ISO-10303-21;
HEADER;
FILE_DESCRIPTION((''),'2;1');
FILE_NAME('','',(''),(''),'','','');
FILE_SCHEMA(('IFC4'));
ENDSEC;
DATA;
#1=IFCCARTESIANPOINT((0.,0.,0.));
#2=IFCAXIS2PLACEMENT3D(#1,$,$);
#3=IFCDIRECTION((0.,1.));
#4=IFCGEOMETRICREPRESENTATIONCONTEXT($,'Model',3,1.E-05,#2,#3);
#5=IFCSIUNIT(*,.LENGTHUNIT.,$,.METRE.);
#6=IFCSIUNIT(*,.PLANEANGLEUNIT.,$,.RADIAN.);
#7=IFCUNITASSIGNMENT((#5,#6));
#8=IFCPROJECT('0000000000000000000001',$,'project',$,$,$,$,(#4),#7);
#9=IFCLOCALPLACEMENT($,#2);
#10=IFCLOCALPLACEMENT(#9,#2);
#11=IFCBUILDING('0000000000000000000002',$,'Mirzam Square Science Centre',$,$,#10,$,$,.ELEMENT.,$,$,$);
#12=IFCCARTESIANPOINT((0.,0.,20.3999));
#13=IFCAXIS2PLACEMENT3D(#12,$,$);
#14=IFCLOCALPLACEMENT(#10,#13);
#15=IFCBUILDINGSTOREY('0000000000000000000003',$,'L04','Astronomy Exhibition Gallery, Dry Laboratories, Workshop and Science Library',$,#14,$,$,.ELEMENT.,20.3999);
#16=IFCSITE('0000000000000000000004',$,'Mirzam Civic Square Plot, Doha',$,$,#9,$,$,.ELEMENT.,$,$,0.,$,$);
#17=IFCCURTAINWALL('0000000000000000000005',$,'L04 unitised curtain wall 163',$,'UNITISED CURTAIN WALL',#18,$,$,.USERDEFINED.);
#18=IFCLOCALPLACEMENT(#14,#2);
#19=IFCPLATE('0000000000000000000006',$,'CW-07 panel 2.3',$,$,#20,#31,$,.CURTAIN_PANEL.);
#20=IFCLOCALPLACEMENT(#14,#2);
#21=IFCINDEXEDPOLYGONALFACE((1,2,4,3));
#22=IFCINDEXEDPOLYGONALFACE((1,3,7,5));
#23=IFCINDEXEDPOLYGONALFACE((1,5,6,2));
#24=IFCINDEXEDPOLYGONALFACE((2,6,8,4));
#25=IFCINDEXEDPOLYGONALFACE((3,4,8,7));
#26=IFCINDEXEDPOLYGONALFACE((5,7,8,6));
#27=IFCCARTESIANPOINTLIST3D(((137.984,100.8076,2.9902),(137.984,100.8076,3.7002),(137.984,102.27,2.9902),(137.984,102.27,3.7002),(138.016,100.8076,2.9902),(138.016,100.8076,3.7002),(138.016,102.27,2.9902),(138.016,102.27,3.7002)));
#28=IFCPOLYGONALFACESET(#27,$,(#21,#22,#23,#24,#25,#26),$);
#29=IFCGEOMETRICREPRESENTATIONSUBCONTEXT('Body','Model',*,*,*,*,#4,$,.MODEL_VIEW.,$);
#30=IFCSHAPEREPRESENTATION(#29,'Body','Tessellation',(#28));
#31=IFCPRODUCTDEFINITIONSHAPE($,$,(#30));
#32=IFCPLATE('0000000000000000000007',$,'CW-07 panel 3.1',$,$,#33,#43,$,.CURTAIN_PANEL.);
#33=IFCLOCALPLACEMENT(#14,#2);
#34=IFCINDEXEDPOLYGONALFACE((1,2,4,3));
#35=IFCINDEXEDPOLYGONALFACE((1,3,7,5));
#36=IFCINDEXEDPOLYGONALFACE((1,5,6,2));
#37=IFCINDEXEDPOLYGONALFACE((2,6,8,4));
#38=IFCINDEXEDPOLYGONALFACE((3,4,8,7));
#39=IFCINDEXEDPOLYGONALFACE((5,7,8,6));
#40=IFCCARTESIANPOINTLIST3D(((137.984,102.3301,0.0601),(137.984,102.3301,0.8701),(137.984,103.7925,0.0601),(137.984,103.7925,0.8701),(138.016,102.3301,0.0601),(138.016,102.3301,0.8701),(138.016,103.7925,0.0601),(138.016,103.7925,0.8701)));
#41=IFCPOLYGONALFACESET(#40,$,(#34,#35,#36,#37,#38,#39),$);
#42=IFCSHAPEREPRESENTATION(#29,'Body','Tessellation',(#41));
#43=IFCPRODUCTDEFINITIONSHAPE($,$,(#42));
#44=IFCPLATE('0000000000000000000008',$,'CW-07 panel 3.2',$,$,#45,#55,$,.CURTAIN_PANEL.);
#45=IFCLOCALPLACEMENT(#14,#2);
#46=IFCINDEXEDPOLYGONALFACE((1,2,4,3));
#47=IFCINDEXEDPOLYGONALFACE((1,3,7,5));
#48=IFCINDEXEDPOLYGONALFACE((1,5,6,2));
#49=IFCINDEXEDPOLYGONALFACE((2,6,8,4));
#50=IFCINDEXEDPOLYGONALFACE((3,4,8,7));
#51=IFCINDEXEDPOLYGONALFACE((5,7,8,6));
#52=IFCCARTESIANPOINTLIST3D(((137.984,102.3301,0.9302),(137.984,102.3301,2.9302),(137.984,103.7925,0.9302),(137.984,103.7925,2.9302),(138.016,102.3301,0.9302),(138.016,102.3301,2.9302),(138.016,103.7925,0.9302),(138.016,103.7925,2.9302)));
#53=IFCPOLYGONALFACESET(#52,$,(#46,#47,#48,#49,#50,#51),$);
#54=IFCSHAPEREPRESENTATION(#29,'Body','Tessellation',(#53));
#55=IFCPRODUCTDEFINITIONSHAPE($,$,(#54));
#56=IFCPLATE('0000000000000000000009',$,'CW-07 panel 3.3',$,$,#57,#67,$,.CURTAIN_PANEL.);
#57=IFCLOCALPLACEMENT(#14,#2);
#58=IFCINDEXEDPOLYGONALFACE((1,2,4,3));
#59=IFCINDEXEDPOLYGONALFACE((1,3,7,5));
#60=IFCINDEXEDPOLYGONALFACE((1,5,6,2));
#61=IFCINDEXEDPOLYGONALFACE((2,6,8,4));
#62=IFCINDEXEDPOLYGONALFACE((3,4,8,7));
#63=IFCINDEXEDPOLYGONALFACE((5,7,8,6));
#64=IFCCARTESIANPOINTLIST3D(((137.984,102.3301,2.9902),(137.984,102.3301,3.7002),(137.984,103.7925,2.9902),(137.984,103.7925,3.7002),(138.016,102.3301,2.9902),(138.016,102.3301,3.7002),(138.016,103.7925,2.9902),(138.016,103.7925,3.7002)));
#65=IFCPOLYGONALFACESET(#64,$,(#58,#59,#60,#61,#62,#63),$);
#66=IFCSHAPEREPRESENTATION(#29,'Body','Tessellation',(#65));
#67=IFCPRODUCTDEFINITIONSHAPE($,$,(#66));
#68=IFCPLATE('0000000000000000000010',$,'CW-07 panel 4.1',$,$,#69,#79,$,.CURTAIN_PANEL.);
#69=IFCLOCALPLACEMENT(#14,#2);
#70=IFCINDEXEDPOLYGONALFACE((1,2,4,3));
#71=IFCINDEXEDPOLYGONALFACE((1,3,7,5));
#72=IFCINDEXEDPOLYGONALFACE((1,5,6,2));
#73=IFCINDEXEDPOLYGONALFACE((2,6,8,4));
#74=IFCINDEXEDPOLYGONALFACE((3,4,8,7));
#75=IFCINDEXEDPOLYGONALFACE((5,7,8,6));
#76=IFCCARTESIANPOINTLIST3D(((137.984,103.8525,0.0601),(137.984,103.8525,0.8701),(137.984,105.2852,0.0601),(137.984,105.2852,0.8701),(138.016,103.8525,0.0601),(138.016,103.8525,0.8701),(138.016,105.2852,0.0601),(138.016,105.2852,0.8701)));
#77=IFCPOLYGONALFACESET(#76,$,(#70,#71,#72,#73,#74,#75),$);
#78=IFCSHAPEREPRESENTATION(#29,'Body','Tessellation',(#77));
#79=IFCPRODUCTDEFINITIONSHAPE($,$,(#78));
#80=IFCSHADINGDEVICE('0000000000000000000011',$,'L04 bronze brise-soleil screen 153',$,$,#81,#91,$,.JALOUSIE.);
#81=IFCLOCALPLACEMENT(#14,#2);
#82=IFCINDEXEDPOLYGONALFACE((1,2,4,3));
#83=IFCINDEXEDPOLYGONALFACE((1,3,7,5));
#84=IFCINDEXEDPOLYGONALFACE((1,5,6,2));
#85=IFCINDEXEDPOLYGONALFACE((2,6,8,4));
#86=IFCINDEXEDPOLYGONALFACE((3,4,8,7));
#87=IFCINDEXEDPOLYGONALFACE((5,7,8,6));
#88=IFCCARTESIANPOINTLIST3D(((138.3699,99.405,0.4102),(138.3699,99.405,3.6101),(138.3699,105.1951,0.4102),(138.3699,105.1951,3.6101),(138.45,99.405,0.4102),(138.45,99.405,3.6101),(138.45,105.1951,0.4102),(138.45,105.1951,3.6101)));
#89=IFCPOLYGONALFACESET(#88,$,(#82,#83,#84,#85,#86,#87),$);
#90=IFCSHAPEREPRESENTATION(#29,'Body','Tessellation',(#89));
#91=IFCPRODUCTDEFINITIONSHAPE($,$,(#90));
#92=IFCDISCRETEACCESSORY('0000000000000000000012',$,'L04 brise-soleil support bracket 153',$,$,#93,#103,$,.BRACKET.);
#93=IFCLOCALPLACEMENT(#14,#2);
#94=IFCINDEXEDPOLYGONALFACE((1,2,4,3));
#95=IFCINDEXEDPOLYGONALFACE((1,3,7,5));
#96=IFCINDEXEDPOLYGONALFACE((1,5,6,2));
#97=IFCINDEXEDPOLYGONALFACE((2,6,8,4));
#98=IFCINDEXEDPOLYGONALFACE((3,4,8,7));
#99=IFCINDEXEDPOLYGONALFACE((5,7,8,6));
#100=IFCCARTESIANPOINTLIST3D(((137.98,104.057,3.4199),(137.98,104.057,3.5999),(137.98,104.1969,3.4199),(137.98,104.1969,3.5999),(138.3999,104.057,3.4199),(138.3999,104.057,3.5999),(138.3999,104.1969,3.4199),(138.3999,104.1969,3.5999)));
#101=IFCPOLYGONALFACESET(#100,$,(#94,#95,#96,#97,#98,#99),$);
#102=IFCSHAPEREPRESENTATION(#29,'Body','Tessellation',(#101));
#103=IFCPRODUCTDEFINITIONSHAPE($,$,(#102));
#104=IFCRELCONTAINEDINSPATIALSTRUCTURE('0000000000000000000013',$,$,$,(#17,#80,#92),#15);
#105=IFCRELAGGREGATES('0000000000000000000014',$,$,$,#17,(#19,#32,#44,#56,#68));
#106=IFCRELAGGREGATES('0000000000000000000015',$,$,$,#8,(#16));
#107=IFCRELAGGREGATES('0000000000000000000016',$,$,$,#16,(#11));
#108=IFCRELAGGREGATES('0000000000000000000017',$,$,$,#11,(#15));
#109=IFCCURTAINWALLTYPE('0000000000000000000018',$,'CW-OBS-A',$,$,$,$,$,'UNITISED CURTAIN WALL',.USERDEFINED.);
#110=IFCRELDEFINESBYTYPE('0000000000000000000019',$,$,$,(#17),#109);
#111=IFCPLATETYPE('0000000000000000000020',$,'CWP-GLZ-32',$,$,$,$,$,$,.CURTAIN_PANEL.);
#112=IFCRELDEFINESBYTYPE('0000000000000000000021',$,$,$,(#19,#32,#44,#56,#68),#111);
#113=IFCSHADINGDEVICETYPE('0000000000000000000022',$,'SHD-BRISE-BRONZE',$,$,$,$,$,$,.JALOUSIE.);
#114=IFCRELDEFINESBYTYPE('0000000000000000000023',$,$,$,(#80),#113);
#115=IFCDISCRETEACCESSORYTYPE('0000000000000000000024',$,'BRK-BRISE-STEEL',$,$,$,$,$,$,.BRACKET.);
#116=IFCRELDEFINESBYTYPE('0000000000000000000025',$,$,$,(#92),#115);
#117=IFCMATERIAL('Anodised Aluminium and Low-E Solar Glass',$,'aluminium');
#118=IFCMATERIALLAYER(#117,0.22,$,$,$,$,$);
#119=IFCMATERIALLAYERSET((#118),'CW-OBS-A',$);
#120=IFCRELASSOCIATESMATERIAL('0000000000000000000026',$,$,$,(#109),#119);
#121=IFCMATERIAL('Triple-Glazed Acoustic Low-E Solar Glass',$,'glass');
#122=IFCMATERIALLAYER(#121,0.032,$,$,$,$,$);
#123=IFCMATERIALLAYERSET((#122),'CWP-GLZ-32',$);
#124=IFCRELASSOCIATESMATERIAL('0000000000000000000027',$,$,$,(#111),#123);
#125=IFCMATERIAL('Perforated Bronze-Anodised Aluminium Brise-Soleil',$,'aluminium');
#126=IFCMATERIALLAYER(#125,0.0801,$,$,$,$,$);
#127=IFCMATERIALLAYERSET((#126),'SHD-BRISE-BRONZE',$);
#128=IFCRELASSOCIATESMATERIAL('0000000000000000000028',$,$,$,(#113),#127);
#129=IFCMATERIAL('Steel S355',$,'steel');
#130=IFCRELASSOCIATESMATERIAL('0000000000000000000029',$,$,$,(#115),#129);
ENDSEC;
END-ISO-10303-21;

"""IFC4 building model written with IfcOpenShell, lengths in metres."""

from ifc_helpers import new_model, si_unit, direction, frame, origin, origin_2d, place, context, subcontext, project, spatial, rectangle, extrude, material, layer, layer_set, type_object, element, aggregate, save


model = new_model("IFC4")

# Units and contexts
model_context = context("Model", 3, precision=1e-05, world=origin(), true_north=direction((0.0, 1.0)))
body_context = subcontext(model_context, "Body", "Model", "MODEL_VIEW")
ifc_project = project(units=[si_unit("LENGTHUNIT", "METRE"), si_unit("PLANEANGLEUNIT", "RADIAN")], contexts=[model_context])

# Site, building, storey
site_placement = place(None, origin())
site = spatial("IfcSite", under=ifc_project, at=site_placement, Name="Mirzam Civic Square Plot, Doha", CompositionType="ELEMENT", RefElevation=0.0)
building_placement = place(site_placement, origin())
building = spatial("IfcBuilding", under=site, at=building_placement, Name="Mirzam Square Science Centre", CompositionType="ELEMENT")
storey_placement = place(building_placement, frame((0.0, 0.0, 20.3999)))
storey = spatial("IfcBuildingStorey", under=building, at=storey_placement, Name="L04", Description="Astronomy Exhibition Gallery, Dry Laboratories, Workshop and Science Library", CompositionType="ELEMENT", Elevation=20.3999)

# Curtain wall, plates
ifc_material_1 = material(Name="Anodised Aluminium and Low-E Solar Glass", Category="aluminium")
ifc_layer_1 = layer(ifc_material_1, 0.22)
ifc_layer_set_1 = layer_set([ifc_layer_1], Name="CW-OBS-A")
curtain_wall_type = type_object("IfcCurtainWallType", Name="CW-OBS-A", ElementType="UNITISED CURTAIN WALL", PredefinedType="USERDEFINED", material=ifc_layer_set_1)
curtain_wall_placement = place(storey_placement, origin())
curtain_wall = element("IfcCurtainWall", 1, at=curtain_wall_placement, inside=storey, type_object=curtain_wall_type, Name="L04 unitised curtain wall 163", ObjectType="UNITISED CURTAIN WALL", PredefinedType="USERDEFINED")
ifc_material_2 = material(Name="Triple-Glazed Acoustic Low-E Solar Glass", Category="glass")
ifc_layer_2 = layer(ifc_material_2, 0.032)
ifc_layer_set_2 = layer_set([ifc_layer_2], Name="CWP-GLZ-32")
plate_type = type_object("IfcPlateType", Name="CWP-GLZ-32", PredefinedType="CURTAIN_PANEL", material=ifc_layer_set_2)
plate_1_placement = place(storey_placement, frame((138.0, 101.5388, 2.9902), z_axis=(0.0, 0.0, 1.0), x_axis=(0.0, 1.0, 0.0)))
plate_1 = element("IfcPlate", 2, at=plate_1_placement, type_object=plate_type, Name="CW-07 panel 2.3", PredefinedType="CURTAIN_PANEL", context=body_context, shape_type="SweptSolid", body=[
    extrude(rectangle(XDim=1.4624, YDim=0.032, at=origin_2d()), origin(), (0.0, 0.0, 1.0), 0.71),
])
plate_2_placement = place(storey_placement, frame((138.0, 103.0613, 0.0601), z_axis=(0.0, 0.0, 1.0), x_axis=(0.0, 1.0, 0.0)))
plate_2 = element("IfcPlate", 3, at=plate_2_placement, type_object=plate_type, Name="CW-07 panel 3.1", PredefinedType="CURTAIN_PANEL", context=body_context, shape_type="SweptSolid", body=[
    extrude(rectangle(XDim=1.4624, YDim=0.032, at=origin_2d()), origin(), (0.0, 0.0, 1.0), 0.8101),
])
plate_3_placement = place(storey_placement, frame((138.0, 103.0613, 0.9302), z_axis=(0.0, 0.0, 1.0), x_axis=(0.0, 1.0, 0.0)))
plate_3 = element("IfcPlate", 4, at=plate_3_placement, type_object=plate_type, Name="CW-07 panel 3.2", PredefinedType="CURTAIN_PANEL", context=body_context, shape_type="SweptSolid", body=[
    extrude(rectangle(XDim=1.4624, YDim=0.032, at=origin_2d()), origin(), (0.0, 0.0, 1.0), 2.0),
])
plate_4_placement = place(storey_placement, frame((138.0, 103.0613, 2.9902), z_axis=(0.0, 0.0, 1.0), x_axis=(0.0, 1.0, 0.0)))
plate_4 = element("IfcPlate", 5, at=plate_4_placement, type_object=plate_type, Name="CW-07 panel 3.3", PredefinedType="CURTAIN_PANEL", context=body_context, shape_type="SweptSolid", body=[
    extrude(rectangle(XDim=1.4624, YDim=0.032, at=origin_2d()), origin(), (0.0, 0.0, 1.0), 0.71),
])
plate_5_placement = place(storey_placement, frame((138.0, 104.5688, 0.0601), z_axis=(0.0, 0.0, 1.0), x_axis=(0.0, 1.0, 0.0)))
plate_5 = element("IfcPlate", 6, at=plate_5_placement, type_object=plate_type, Name="CW-07 panel 4.1", PredefinedType="CURTAIN_PANEL", context=body_context, shape_type="SweptSolid", body=[
    extrude(rectangle(XDim=1.4326, YDim=0.032, at=origin_2d()), origin(), (0.0, 0.0, 1.0), 0.8101),
])
aggregate(curtain_wall, [plate_1, plate_2, plate_3, plate_4, plate_5])

# Shading device
ifc_material_3 = material(Name="Perforated Bronze-Anodised Aluminium Brise-Soleil", Category="aluminium")
ifc_layer_3 = layer(ifc_material_3, 0.0801)
ifc_layer_set_3 = layer_set([ifc_layer_3], Name="SHD-BRISE-BRONZE")
shading_device_type = type_object("IfcShadingDeviceType", Name="SHD-BRISE-BRONZE", PredefinedType="JALOUSIE", material=ifc_layer_set_3)
shading_device_placement = place(storey_placement, frame((138.4099, 102.3, 0.4102), z_axis=(0.0, 0.0, 1.0), x_axis=(0.0, 1.0, 0.0)))
element("IfcShadingDevice", 7, at=shading_device_placement, inside=storey, type_object=shading_device_type, Name="L04 bronze brise-soleil screen 153", PredefinedType="JALOUSIE", context=body_context, shape_type="SweptSolid", body=[
    extrude(rectangle(XDim=5.79, YDim=0.0801, at=origin_2d()), origin(), (0.0, 0.0, 1.0), 3.2),
])

# Discrete accessory
ifc_material_4 = material(Name="Steel S355", Category="steel")
discrete_accessory_type = type_object("IfcDiscreteAccessoryType", Name="BRK-BRISE-STEEL", PredefinedType="BRACKET", material=ifc_material_4)
discrete_accessory_placement = place(storey_placement, frame((138.1899, 104.127, 3.4199), z_axis=(0.0, 0.0, 1.0), x_axis=(0.0, 1.0, 0.0)))
element("IfcDiscreteAccessory", 8, at=discrete_accessory_placement, inside=storey, type_object=discrete_accessory_type, Name="L04 brise-soleil support bracket 153", PredefinedType="BRACKET", context=body_context, shape_type="SweptSolid", body=[
    extrude(rectangle(XDim=0.1399, YDim=0.4199, at=origin_2d()), origin(), (0.0, 0.0, 1.0), 0.1799),
])

save(model, "model.ifc")
